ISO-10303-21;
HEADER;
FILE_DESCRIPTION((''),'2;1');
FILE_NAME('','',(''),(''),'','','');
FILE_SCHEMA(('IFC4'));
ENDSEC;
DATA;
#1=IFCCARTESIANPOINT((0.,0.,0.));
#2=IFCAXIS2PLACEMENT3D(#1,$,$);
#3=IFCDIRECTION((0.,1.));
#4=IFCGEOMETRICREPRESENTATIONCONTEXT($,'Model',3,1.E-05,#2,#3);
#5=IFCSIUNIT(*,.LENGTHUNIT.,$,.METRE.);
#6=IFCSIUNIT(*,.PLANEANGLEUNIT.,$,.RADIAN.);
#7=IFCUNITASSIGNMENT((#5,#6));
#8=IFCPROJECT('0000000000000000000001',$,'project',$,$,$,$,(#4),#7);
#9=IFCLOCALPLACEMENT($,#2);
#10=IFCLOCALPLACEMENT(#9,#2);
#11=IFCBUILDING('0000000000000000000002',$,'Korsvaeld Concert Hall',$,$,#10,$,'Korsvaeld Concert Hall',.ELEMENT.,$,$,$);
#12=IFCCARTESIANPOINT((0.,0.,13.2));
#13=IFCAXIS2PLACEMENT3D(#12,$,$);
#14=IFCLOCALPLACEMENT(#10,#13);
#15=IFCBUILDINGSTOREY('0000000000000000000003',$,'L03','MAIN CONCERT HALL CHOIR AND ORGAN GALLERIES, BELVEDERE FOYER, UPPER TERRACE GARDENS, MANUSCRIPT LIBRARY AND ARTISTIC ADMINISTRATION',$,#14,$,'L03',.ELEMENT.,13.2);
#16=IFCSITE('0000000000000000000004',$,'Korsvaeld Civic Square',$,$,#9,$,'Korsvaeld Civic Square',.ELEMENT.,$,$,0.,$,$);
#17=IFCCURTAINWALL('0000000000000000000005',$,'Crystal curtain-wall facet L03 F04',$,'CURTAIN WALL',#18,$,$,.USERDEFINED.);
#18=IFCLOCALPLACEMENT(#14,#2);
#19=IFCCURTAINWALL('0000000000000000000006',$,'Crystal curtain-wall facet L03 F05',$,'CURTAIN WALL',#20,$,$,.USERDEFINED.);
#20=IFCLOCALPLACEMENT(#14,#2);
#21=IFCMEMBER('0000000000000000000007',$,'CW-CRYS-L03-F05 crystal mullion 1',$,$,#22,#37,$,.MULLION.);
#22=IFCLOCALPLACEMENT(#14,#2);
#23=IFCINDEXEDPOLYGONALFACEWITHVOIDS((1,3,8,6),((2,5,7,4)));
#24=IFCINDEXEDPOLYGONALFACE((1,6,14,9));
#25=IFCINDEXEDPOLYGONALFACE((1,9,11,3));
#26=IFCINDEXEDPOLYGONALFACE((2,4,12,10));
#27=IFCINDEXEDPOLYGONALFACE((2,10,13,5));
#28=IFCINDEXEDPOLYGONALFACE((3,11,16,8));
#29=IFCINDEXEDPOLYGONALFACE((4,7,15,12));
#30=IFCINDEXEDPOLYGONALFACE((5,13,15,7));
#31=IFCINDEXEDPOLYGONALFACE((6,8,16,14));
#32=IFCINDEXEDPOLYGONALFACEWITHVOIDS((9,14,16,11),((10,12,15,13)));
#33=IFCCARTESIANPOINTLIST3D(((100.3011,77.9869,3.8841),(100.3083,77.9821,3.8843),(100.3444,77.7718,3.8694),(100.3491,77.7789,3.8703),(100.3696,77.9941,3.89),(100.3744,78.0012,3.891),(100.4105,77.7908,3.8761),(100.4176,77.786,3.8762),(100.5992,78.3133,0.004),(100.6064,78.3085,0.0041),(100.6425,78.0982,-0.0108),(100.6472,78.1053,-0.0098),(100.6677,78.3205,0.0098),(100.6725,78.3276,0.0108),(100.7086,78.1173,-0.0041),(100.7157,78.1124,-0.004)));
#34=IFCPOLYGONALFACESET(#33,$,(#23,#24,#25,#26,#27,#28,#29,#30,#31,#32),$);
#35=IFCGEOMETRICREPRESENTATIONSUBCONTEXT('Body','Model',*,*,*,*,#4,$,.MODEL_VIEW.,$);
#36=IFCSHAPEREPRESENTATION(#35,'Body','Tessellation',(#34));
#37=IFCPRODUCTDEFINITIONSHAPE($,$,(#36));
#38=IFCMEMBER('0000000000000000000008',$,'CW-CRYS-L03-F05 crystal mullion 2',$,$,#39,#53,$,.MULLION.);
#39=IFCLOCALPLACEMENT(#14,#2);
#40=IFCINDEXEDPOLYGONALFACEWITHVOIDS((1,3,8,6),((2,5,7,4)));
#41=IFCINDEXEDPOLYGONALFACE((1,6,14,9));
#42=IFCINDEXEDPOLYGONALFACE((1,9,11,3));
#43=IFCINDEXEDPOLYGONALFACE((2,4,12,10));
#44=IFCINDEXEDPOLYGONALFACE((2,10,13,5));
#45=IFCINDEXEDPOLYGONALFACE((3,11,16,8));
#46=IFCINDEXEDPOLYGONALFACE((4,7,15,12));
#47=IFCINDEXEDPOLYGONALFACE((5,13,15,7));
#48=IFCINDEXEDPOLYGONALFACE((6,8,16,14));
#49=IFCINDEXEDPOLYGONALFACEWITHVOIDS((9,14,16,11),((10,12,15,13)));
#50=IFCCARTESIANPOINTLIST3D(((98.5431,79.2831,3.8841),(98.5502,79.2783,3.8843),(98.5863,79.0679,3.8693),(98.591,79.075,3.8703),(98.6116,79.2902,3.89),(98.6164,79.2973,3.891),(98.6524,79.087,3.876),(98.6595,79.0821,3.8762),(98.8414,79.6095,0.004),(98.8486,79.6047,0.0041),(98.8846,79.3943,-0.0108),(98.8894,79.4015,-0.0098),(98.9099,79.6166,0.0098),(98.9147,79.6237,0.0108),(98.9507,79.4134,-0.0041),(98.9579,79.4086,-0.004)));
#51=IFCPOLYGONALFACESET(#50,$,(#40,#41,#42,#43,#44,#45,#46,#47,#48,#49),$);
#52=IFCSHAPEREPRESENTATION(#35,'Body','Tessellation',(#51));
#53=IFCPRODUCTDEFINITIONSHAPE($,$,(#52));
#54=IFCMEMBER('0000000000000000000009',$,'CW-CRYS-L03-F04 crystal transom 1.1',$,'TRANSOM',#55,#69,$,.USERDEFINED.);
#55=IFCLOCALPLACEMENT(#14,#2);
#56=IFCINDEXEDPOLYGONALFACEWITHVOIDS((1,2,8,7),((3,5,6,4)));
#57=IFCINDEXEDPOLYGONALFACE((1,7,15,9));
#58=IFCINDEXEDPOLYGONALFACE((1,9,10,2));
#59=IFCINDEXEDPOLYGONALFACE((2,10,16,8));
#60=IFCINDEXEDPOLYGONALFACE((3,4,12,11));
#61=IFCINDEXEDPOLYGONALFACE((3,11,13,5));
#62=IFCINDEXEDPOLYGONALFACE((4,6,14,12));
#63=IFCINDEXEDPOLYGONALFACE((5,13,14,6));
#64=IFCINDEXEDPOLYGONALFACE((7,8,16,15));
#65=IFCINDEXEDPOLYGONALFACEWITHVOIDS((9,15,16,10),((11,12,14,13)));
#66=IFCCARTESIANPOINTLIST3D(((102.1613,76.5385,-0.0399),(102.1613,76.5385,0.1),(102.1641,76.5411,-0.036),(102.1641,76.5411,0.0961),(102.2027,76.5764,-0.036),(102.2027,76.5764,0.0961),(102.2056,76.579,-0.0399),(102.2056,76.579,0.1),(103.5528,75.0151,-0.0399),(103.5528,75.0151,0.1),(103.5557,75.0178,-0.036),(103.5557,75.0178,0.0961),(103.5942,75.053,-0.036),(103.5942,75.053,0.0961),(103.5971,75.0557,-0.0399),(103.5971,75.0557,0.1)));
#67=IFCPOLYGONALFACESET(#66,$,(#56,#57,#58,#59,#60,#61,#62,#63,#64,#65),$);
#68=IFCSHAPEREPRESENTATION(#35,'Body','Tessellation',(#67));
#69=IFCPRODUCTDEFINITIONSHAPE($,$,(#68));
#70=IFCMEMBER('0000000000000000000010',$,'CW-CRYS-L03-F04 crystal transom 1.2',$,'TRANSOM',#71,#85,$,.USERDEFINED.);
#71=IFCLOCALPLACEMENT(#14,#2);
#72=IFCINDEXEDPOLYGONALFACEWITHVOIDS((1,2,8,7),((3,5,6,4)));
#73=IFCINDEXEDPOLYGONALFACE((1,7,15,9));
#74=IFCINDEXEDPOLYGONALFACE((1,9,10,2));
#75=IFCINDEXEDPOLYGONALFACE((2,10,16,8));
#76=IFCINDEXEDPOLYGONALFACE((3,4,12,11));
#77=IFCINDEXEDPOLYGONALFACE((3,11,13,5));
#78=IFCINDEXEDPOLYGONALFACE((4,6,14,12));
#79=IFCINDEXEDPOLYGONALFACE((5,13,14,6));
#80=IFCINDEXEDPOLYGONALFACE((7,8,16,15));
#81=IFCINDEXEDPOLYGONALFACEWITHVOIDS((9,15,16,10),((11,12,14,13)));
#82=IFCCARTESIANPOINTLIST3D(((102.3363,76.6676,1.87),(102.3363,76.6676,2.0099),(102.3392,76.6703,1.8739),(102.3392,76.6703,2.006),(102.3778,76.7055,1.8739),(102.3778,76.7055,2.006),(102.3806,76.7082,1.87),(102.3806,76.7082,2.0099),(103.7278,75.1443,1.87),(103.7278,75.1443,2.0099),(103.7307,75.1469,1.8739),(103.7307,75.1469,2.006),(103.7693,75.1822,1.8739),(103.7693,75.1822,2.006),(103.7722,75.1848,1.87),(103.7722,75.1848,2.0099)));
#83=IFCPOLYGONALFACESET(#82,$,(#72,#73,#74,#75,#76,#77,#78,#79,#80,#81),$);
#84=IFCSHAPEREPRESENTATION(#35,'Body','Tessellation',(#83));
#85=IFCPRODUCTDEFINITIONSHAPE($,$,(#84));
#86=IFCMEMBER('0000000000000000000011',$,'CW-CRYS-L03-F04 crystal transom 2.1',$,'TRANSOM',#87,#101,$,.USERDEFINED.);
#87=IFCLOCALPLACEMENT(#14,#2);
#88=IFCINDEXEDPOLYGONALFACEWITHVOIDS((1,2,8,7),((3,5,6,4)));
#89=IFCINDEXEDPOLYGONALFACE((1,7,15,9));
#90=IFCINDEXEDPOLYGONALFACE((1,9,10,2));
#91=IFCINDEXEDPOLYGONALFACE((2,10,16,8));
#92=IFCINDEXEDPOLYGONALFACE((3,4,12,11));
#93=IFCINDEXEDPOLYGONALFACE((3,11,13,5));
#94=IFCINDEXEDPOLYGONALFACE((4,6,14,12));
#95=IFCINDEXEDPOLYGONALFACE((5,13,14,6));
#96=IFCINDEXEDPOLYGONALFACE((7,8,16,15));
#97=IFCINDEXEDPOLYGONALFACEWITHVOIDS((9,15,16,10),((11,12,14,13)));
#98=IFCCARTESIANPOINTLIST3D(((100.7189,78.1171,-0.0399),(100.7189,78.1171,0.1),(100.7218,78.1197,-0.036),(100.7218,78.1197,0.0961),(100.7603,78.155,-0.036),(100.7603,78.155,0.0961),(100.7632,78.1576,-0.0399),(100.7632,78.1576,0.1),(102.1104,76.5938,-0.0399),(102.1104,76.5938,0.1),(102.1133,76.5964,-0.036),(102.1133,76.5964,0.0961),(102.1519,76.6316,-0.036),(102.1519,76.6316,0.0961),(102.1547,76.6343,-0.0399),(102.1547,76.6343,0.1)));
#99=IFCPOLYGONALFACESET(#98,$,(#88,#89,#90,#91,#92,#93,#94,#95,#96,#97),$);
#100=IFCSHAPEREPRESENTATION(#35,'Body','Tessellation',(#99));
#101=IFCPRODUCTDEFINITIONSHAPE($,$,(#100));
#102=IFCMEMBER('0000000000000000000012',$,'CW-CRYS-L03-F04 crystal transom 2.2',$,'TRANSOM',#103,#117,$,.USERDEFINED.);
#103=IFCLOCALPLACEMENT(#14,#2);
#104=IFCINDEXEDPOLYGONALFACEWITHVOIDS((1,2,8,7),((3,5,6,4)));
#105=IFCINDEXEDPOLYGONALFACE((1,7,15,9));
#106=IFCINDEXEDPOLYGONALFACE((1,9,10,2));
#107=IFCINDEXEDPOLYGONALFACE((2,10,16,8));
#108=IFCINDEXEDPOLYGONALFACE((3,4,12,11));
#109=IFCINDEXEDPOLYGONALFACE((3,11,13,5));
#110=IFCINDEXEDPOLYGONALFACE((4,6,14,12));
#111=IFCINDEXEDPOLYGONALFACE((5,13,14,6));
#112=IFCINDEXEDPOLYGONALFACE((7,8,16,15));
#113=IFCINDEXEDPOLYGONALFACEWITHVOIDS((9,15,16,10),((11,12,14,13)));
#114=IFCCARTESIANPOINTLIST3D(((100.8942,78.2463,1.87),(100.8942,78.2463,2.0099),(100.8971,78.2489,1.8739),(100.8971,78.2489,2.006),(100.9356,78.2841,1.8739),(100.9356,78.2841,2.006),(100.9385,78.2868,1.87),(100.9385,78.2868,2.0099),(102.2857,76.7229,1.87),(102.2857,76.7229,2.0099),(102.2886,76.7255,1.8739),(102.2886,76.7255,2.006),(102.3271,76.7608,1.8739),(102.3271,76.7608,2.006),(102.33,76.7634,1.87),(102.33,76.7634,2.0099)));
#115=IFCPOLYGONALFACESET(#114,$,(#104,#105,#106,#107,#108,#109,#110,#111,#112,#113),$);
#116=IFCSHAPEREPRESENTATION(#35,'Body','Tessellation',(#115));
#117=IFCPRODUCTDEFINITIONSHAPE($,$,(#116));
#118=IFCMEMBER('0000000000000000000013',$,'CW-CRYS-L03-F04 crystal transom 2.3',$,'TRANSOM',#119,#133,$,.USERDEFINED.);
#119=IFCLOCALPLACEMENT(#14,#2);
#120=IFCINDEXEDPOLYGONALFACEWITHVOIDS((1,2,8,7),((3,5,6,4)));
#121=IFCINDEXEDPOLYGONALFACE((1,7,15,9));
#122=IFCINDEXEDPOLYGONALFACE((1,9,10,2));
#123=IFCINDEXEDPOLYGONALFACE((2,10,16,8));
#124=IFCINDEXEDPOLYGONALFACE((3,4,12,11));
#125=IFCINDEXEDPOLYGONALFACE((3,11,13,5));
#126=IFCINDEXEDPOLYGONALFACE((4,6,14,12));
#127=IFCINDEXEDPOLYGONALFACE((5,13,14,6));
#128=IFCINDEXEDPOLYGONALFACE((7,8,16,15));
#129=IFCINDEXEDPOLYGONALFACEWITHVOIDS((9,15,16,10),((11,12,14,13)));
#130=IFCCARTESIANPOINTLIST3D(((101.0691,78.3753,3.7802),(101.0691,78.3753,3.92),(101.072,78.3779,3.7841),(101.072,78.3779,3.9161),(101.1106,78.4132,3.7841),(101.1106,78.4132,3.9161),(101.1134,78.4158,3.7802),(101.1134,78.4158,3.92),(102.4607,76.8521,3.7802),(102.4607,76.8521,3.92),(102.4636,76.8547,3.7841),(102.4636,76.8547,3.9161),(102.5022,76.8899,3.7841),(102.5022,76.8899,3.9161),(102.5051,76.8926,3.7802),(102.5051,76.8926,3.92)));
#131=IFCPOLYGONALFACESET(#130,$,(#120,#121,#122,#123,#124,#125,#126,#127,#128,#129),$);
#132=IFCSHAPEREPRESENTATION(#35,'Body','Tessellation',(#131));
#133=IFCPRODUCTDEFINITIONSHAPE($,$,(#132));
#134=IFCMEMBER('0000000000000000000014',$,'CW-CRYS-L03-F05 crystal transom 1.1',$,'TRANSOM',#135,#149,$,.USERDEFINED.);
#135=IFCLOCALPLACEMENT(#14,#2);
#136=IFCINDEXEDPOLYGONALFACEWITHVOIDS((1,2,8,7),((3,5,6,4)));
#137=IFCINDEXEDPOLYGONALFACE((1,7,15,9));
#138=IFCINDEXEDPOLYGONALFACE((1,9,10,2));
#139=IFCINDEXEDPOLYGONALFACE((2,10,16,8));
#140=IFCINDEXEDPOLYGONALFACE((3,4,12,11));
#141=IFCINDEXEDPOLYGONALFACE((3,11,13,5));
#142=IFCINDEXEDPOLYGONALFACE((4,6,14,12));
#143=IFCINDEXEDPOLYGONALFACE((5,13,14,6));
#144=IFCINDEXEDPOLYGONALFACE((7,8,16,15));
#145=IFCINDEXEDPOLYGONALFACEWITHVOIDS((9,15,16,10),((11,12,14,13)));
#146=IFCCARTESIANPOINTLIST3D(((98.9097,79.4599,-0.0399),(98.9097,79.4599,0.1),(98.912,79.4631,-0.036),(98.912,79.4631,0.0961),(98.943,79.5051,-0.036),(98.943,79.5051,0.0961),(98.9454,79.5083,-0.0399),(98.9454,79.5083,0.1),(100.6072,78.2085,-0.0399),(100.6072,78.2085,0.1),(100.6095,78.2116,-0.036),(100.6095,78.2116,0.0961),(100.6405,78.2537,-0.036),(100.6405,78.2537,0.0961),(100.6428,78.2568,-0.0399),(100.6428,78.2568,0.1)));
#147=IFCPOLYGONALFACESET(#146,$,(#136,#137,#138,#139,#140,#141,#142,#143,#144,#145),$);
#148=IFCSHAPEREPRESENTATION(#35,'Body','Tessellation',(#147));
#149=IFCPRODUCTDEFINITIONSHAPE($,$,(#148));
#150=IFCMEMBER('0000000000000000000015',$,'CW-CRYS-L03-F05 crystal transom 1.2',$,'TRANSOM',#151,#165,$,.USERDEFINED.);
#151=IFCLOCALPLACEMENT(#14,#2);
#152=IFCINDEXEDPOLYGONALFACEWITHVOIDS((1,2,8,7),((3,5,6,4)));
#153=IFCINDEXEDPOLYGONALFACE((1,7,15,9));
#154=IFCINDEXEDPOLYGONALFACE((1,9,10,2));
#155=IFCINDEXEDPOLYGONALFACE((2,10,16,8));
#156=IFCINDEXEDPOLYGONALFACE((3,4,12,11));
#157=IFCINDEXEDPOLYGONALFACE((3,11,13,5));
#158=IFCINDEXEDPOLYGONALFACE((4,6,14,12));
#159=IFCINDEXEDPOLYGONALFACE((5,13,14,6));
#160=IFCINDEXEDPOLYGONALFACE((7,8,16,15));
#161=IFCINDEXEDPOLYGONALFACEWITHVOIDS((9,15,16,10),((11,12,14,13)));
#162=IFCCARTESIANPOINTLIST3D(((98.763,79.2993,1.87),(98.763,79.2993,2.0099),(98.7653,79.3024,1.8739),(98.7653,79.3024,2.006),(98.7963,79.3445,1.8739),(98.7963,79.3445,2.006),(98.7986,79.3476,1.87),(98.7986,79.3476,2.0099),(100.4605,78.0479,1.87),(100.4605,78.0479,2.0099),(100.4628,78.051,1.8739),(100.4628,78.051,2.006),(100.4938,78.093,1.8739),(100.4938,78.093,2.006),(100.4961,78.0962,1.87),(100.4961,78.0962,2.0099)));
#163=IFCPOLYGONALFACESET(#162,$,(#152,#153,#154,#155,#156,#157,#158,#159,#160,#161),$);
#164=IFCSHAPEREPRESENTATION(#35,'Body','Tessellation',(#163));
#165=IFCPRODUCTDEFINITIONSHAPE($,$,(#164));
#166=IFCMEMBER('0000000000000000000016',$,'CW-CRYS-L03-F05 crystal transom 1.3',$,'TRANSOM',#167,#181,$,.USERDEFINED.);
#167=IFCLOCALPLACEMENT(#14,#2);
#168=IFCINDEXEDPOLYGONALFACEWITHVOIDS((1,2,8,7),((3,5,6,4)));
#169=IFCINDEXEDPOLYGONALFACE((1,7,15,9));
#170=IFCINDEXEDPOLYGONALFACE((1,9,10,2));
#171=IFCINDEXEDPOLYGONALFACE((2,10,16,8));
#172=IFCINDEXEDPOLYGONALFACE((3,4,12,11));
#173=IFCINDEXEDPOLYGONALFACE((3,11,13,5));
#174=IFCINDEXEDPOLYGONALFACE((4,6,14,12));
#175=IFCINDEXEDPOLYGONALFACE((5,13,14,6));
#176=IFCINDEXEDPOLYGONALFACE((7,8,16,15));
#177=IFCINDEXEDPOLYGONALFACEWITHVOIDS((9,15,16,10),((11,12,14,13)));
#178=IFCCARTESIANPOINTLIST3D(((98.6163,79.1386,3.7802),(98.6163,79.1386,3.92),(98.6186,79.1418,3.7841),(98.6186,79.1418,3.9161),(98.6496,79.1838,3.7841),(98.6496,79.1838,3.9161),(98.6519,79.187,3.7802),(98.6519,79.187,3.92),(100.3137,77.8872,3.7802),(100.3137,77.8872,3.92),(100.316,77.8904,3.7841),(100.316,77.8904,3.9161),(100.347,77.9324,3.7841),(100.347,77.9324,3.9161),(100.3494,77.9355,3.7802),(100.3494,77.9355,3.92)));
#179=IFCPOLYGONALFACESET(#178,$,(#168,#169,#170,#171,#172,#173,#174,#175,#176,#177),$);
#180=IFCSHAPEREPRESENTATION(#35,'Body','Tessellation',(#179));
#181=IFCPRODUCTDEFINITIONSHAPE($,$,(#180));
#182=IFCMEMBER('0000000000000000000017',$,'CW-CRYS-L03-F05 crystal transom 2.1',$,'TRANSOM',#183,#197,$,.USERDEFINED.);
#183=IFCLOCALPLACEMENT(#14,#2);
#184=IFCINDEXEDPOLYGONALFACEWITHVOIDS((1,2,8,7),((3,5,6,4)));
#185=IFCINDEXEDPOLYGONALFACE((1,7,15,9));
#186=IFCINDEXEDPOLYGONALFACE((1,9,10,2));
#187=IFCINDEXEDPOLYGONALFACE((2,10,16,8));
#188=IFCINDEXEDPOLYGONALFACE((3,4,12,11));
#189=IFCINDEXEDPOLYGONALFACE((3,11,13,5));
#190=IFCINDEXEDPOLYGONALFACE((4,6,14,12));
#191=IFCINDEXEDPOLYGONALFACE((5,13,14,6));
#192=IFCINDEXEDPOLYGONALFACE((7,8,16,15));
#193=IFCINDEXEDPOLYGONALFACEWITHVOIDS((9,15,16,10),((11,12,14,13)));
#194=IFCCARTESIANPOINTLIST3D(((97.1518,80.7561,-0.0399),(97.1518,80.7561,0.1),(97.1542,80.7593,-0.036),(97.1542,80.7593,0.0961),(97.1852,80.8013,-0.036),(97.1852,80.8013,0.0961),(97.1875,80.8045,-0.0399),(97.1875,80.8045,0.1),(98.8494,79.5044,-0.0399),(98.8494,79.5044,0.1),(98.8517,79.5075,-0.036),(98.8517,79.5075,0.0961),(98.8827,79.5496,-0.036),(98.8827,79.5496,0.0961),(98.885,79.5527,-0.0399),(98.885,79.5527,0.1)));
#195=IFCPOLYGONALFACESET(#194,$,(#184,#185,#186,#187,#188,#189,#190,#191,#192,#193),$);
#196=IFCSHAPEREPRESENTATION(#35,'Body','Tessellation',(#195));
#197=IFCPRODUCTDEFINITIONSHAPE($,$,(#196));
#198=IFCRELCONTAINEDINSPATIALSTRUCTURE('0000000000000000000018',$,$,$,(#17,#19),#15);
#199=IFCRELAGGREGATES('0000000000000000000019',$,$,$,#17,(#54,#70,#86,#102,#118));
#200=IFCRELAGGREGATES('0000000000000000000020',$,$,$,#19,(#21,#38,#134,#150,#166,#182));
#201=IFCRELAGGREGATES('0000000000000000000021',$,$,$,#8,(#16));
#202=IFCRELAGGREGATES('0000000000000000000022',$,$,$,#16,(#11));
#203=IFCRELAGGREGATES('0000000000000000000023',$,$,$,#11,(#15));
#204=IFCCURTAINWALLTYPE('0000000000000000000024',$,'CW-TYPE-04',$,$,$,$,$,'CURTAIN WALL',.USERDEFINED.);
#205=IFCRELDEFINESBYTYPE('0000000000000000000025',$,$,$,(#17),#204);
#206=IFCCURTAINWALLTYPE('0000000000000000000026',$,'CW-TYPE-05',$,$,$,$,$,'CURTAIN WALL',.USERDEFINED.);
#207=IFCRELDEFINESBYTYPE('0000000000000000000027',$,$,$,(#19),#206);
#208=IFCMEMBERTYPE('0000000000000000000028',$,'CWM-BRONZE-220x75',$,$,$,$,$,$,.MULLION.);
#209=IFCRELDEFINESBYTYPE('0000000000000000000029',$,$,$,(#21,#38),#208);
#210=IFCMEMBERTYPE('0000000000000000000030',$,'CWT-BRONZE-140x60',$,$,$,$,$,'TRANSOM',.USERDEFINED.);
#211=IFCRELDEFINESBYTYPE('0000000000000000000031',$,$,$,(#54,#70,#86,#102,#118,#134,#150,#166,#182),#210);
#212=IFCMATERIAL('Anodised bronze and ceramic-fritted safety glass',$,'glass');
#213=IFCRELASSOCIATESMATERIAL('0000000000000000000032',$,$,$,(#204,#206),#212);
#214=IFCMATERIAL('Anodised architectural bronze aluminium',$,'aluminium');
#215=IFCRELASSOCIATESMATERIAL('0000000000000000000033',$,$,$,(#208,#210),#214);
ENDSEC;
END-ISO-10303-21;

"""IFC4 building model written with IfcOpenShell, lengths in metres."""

from ifc_helpers import new_model, si_unit, direction, frame, origin, origin_2d, place, context, subcontext, project, spatial, hollow_rectangle, extrude, material, material_profile, profile_set, type_object, element, aggregate, save


model = new_model("IFC4")

# Units and contexts
model_context = context("Model", 3, precision=1e-05, world=origin(), true_north=direction((0.0, 1.0)))
body_context = subcontext(model_context, "Body", "Model", "MODEL_VIEW")
ifc_project = project(units=[si_unit("LENGTHUNIT", "METRE"), si_unit("PLANEANGLEUNIT", "RADIAN")], contexts=[model_context])

# Site, building, storey
site_placement = place(None, origin())
site = spatial("IfcSite", under=ifc_project, at=site_placement, Name="Korsvaeld Civic Square", LongName="Korsvaeld Civic Square", CompositionType="ELEMENT", RefElevation=0.0)
building_placement = place(site_placement, origin())
building = spatial("IfcBuilding", under=site, at=building_placement, Name="Korsvaeld Concert Hall", LongName="Korsvaeld Concert Hall", CompositionType="ELEMENT")
storey_placement = place(building_placement, frame((0.0, 0.0, 13.2)))
storey = spatial("IfcBuildingStorey", under=building, at=storey_placement, Name="L03", Description="MAIN CONCERT HALL CHOIR AND ORGAN GALLERIES, BELVEDERE FOYER, UPPER TERRACE GARDENS, MANUSCRIPT LIBRARY AND ARTISTIC ADMINISTRATION", LongName="L03", CompositionType="ELEMENT", Elevation=13.2)

# Curtain wall
ifc_material_1 = material(Name="Anodised bronze and ceramic-fritted safety glass", Category="glass")
curtain_wall_type_1 = type_object("IfcCurtainWallType", Name="CW-TYPE-04", ElementType="CURTAIN WALL", PredefinedType="USERDEFINED", material=ifc_material_1)
curtain_wall_1_placement = place(storey_placement, origin())
curtain_wall_1 = element("IfcCurtainWall", 1, at=curtain_wall_1_placement, inside=storey, type_object=curtain_wall_type_1, Name="Crystal curtain-wall facet L03 F04", ObjectType="CURTAIN WALL", PredefinedType="USERDEFINED")
ifc_material_2 = material(Name="Anodised architectural bronze aluminium", Category="aluminium")

# Shared definitions
ifc_material_profile_1 = material_profile(ifc_material_2, hollow_rectangle(XDim=0.075, YDim=0.22, WallThickness=0.0061, at=origin_2d()), Name="CWM 220x75x6")
ifc_profile_set_1 = profile_set([ifc_material_profile_1], Name="Anodised architectural bronze aluminium")
member_type_1 = type_object("IfcMemberType", Name="CWM-BRONZE-220x75", PredefinedType="MULLION", material=ifc_profile_set_1)

# Curtain wall, members
curtain_wall_type_2 = type_object("IfcCurtainWallType", Name="CW-TYPE-05", ElementType="CURTAIN WALL", PredefinedType="USERDEFINED", material=ifc_material_1)
curtain_wall_2_placement = place(storey_placement, origin())
curtain_wall_2 = element("IfcCurtainWall", 2, at=curtain_wall_2_placement, inside=storey, type_object=curtain_wall_type_2, Name="Crystal curtain-wall facet L03 F05", ObjectType="CURTAIN WALL", PredefinedType="USERDEFINED")
member_1_placement = place(storey_placement, frame((100.6575, 78.2129, 0.0), z_axis=(-0.076333, -0.083584, 0.993573), x_axis=(-0.977475, -0.190372, -0.091111)))
member_1 = element("IfcMember", 3, at=member_1_placement, type_object=member_type_1, Name="CW-CRYS-L03-F05 crystal mullion 1", PredefinedType="MULLION", context=body_context, shape_type="SweptSolid", body=[
    extrude(hollow_rectangle(XDim=0.075, YDim=0.22, WallThickness=0.0061, at=origin_2d()), origin(), (0.0, 0.0, 1.0), 3.9053),
])
member_2_placement = place(storey_placement, frame((98.8997, 79.509, 0.0), z_axis=(-0.076395, -0.083584, 0.993568), x_axis=(-0.97755, -0.189971, -0.091144)))
member_2 = element("IfcMember", 4, at=member_2_placement, type_object=member_type_1, Name="CW-CRYS-L03-F05 crystal mullion 2", PredefinedType="MULLION", context=body_context, shape_type="SweptSolid", body=[
    extrude(hollow_rectangle(XDim=0.075, YDim=0.22, WallThickness=0.0061, at=origin_2d()), origin(), (0.0, 0.0, 1.0), 3.9053),
])

# Members
ifc_material_profile_2 = material_profile(ifc_material_2, hollow_rectangle(XDim=0.0601, YDim=0.1399, WallThickness=0.0039, at=origin_2d()), Name="CWT 140x60x4")
ifc_profile_set_2 = profile_set([ifc_material_profile_2], Name="Anodised architectural bronze aluminium")
member_type_2 = type_object("IfcMemberType", Name="CWT-BRONZE-140x60", ElementType="TRANSOM", PredefinedType="USERDEFINED", material=ifc_profile_set_2)
member_3_placement = place(storey_placement, frame((103.575, 75.0354, 0.03), z_axis=(-0.674438, 0.738332, 0.0), x_axis=(-0.738332, -0.674438, 0.0)))
member_3 = element("IfcMember", 5, at=member_3_placement, type_object=member_type_2, Name="CW-CRYS-L03-F04 crystal transom 1.1", ObjectType="TRANSOM", PredefinedType="USERDEFINED", context=body_context, shape_type="SweptSolid", body=[
    extrude(hollow_rectangle(XDim=0.0601, YDim=0.1399, WallThickness=0.0039, at=origin_2d()), origin(), (0.0, 0.0, 1.0), 2.0632),
])
member_4_placement = place(storey_placement, frame((103.75, 75.1646, 1.9399), z_axis=(-0.674438, 0.738332, 0.0), x_axis=(-0.738332, -0.674438, 0.0)))
member_4 = element("IfcMember", 6, at=member_4_placement, type_object=member_type_2, Name="CW-CRYS-L03-F04 crystal transom 1.2", ObjectType="TRANSOM", PredefinedType="USERDEFINED", context=body_context, shape_type="SweptSolid", body=[
    extrude(hollow_rectangle(XDim=0.0601, YDim=0.1399, WallThickness=0.0039, at=origin_2d()), origin(), (0.0, 0.0, 1.0), 2.0632),
])
member_5_placement = place(storey_placement, frame((102.1326, 76.614, 0.03), z_axis=(-0.674438, 0.738332, 0.0), x_axis=(-0.738332, -0.674438, 0.0)))
member_5 = element("IfcMember", 7, at=member_5_placement, type_object=member_type_2, Name="CW-CRYS-L03-F04 crystal transom 2.1", ObjectType="TRANSOM", PredefinedType="USERDEFINED", context=body_context, shape_type="SweptSolid", body=[
    extrude(hollow_rectangle(XDim=0.0601, YDim=0.1399, WallThickness=0.0039, at=origin_2d()), origin(), (0.0, 0.0, 1.0), 2.0632),
])
member_6_placement = place(storey_placement, frame((102.3079, 76.7432, 1.9399), z_axis=(-0.674438, 0.738332, 0.0), x_axis=(-0.738332, -0.674438, 0.0)))
member_6 = element("IfcMember", 8, at=member_6_placement, type_object=member_type_2, Name="CW-CRYS-L03-F04 crystal transom 2.2", ObjectType="TRANSOM", PredefinedType="USERDEFINED", context=body_context, shape_type="SweptSolid", body=[
    extrude(hollow_rectangle(XDim=0.0601, YDim=0.1399, WallThickness=0.0039, at=origin_2d()), origin(), (0.0, 0.0, 1.0), 2.0632),
])
member_7_placement = place(storey_placement, frame((102.4829, 76.8723, 3.8501), z_axis=(-0.674497, 0.738278, 0.0), x_axis=(-0.738278, -0.674497, 0.0)))
member_7 = element("IfcMember", 9, at=member_7_placement, type_object=member_type_2, Name="CW-CRYS-L03-F04 crystal transom 2.3", ObjectType="TRANSOM", PredefinedType="USERDEFINED", context=body_context, shape_type="SweptSolid", body=[
    extrude(hollow_rectangle(XDim=0.0601, YDim=0.1399, WallThickness=0.0039, at=origin_2d()), origin(), (0.0, 0.0, 1.0), 2.0632),
])
member_8_placement = place(storey_placement, frame((100.625, 78.2327, 0.03), z_axis=(-0.804905, 0.593404, 0.0), x_axis=(-0.593404, -0.804905, 0.0)))
member_8 = element("IfcMember", 10, at=member_8_placement, type_object=member_type_2, Name="CW-CRYS-L03-F05 crystal transom 1.1", ObjectType="TRANSOM", PredefinedType="USERDEFINED", context=body_context, shape_type="SweptSolid", body=[
    extrude(hollow_rectangle(XDim=0.0601, YDim=0.1399, WallThickness=0.0039, at=origin_2d()), origin(), (0.0, 0.0, 1.0), 2.1089),
])
member_9_placement = place(storey_placement, frame((100.4783, 78.072, 1.9399), z_axis=(-0.804905, 0.593404, 0.0), x_axis=(-0.593404, -0.804905, 0.0)))
member_9 = element("IfcMember", 11, at=member_9_placement, type_object=member_type_2, Name="CW-CRYS-L03-F05 crystal transom 1.2", ObjectType="TRANSOM", PredefinedType="USERDEFINED", context=body_context, shape_type="SweptSolid", body=[
    extrude(hollow_rectangle(XDim=0.0601, YDim=0.1399, WallThickness=0.0039, at=origin_2d()), origin(), (0.0, 0.0, 1.0), 2.1089),
])
member_10_placement = place(storey_placement, frame((100.3315, 77.9114, 3.8501), z_axis=(-0.804905, 0.593404, 0.0), x_axis=(-0.593404, -0.804905, 0.0)))
member_10 = element("IfcMember", 12, at=member_10_placement, type_object=member_type_2, Name="CW-CRYS-L03-F05 crystal transom 1.3", ObjectType="TRANSOM", PredefinedType="USERDEFINED", context=body_context, shape_type="SweptSolid", body=[
    extrude(hollow_rectangle(XDim=0.0601, YDim=0.1399, WallThickness=0.0039, at=origin_2d()), origin(), (0.0, 0.0, 1.0), 2.1089),
])
member_11_placement = place(storey_placement, frame((98.8672, 79.5286, 0.03), z_axis=(-0.804849, 0.593479, 0.0), x_axis=(-0.593479, -0.804849, 0.0)))
member_11 = element("IfcMember", 13, at=member_11_placement, type_object=member_type_2, Name="CW-CRYS-L03-F05 crystal transom 2.1", ObjectType="TRANSOM", PredefinedType="USERDEFINED", context=body_context, shape_type="SweptSolid", body=[
    extrude(hollow_rectangle(XDim=0.0601, YDim=0.1399, WallThickness=0.0039, at=origin_2d()), origin(), (0.0, 0.0, 1.0), 2.1091),
])

aggregate(curtain_wall_1, [member_3, member_4, member_5, member_6, member_7])
aggregate(curtain_wall_2, [member_1, member_2, member_8, member_9, member_10, member_11])

save(model, "model.ifc")
